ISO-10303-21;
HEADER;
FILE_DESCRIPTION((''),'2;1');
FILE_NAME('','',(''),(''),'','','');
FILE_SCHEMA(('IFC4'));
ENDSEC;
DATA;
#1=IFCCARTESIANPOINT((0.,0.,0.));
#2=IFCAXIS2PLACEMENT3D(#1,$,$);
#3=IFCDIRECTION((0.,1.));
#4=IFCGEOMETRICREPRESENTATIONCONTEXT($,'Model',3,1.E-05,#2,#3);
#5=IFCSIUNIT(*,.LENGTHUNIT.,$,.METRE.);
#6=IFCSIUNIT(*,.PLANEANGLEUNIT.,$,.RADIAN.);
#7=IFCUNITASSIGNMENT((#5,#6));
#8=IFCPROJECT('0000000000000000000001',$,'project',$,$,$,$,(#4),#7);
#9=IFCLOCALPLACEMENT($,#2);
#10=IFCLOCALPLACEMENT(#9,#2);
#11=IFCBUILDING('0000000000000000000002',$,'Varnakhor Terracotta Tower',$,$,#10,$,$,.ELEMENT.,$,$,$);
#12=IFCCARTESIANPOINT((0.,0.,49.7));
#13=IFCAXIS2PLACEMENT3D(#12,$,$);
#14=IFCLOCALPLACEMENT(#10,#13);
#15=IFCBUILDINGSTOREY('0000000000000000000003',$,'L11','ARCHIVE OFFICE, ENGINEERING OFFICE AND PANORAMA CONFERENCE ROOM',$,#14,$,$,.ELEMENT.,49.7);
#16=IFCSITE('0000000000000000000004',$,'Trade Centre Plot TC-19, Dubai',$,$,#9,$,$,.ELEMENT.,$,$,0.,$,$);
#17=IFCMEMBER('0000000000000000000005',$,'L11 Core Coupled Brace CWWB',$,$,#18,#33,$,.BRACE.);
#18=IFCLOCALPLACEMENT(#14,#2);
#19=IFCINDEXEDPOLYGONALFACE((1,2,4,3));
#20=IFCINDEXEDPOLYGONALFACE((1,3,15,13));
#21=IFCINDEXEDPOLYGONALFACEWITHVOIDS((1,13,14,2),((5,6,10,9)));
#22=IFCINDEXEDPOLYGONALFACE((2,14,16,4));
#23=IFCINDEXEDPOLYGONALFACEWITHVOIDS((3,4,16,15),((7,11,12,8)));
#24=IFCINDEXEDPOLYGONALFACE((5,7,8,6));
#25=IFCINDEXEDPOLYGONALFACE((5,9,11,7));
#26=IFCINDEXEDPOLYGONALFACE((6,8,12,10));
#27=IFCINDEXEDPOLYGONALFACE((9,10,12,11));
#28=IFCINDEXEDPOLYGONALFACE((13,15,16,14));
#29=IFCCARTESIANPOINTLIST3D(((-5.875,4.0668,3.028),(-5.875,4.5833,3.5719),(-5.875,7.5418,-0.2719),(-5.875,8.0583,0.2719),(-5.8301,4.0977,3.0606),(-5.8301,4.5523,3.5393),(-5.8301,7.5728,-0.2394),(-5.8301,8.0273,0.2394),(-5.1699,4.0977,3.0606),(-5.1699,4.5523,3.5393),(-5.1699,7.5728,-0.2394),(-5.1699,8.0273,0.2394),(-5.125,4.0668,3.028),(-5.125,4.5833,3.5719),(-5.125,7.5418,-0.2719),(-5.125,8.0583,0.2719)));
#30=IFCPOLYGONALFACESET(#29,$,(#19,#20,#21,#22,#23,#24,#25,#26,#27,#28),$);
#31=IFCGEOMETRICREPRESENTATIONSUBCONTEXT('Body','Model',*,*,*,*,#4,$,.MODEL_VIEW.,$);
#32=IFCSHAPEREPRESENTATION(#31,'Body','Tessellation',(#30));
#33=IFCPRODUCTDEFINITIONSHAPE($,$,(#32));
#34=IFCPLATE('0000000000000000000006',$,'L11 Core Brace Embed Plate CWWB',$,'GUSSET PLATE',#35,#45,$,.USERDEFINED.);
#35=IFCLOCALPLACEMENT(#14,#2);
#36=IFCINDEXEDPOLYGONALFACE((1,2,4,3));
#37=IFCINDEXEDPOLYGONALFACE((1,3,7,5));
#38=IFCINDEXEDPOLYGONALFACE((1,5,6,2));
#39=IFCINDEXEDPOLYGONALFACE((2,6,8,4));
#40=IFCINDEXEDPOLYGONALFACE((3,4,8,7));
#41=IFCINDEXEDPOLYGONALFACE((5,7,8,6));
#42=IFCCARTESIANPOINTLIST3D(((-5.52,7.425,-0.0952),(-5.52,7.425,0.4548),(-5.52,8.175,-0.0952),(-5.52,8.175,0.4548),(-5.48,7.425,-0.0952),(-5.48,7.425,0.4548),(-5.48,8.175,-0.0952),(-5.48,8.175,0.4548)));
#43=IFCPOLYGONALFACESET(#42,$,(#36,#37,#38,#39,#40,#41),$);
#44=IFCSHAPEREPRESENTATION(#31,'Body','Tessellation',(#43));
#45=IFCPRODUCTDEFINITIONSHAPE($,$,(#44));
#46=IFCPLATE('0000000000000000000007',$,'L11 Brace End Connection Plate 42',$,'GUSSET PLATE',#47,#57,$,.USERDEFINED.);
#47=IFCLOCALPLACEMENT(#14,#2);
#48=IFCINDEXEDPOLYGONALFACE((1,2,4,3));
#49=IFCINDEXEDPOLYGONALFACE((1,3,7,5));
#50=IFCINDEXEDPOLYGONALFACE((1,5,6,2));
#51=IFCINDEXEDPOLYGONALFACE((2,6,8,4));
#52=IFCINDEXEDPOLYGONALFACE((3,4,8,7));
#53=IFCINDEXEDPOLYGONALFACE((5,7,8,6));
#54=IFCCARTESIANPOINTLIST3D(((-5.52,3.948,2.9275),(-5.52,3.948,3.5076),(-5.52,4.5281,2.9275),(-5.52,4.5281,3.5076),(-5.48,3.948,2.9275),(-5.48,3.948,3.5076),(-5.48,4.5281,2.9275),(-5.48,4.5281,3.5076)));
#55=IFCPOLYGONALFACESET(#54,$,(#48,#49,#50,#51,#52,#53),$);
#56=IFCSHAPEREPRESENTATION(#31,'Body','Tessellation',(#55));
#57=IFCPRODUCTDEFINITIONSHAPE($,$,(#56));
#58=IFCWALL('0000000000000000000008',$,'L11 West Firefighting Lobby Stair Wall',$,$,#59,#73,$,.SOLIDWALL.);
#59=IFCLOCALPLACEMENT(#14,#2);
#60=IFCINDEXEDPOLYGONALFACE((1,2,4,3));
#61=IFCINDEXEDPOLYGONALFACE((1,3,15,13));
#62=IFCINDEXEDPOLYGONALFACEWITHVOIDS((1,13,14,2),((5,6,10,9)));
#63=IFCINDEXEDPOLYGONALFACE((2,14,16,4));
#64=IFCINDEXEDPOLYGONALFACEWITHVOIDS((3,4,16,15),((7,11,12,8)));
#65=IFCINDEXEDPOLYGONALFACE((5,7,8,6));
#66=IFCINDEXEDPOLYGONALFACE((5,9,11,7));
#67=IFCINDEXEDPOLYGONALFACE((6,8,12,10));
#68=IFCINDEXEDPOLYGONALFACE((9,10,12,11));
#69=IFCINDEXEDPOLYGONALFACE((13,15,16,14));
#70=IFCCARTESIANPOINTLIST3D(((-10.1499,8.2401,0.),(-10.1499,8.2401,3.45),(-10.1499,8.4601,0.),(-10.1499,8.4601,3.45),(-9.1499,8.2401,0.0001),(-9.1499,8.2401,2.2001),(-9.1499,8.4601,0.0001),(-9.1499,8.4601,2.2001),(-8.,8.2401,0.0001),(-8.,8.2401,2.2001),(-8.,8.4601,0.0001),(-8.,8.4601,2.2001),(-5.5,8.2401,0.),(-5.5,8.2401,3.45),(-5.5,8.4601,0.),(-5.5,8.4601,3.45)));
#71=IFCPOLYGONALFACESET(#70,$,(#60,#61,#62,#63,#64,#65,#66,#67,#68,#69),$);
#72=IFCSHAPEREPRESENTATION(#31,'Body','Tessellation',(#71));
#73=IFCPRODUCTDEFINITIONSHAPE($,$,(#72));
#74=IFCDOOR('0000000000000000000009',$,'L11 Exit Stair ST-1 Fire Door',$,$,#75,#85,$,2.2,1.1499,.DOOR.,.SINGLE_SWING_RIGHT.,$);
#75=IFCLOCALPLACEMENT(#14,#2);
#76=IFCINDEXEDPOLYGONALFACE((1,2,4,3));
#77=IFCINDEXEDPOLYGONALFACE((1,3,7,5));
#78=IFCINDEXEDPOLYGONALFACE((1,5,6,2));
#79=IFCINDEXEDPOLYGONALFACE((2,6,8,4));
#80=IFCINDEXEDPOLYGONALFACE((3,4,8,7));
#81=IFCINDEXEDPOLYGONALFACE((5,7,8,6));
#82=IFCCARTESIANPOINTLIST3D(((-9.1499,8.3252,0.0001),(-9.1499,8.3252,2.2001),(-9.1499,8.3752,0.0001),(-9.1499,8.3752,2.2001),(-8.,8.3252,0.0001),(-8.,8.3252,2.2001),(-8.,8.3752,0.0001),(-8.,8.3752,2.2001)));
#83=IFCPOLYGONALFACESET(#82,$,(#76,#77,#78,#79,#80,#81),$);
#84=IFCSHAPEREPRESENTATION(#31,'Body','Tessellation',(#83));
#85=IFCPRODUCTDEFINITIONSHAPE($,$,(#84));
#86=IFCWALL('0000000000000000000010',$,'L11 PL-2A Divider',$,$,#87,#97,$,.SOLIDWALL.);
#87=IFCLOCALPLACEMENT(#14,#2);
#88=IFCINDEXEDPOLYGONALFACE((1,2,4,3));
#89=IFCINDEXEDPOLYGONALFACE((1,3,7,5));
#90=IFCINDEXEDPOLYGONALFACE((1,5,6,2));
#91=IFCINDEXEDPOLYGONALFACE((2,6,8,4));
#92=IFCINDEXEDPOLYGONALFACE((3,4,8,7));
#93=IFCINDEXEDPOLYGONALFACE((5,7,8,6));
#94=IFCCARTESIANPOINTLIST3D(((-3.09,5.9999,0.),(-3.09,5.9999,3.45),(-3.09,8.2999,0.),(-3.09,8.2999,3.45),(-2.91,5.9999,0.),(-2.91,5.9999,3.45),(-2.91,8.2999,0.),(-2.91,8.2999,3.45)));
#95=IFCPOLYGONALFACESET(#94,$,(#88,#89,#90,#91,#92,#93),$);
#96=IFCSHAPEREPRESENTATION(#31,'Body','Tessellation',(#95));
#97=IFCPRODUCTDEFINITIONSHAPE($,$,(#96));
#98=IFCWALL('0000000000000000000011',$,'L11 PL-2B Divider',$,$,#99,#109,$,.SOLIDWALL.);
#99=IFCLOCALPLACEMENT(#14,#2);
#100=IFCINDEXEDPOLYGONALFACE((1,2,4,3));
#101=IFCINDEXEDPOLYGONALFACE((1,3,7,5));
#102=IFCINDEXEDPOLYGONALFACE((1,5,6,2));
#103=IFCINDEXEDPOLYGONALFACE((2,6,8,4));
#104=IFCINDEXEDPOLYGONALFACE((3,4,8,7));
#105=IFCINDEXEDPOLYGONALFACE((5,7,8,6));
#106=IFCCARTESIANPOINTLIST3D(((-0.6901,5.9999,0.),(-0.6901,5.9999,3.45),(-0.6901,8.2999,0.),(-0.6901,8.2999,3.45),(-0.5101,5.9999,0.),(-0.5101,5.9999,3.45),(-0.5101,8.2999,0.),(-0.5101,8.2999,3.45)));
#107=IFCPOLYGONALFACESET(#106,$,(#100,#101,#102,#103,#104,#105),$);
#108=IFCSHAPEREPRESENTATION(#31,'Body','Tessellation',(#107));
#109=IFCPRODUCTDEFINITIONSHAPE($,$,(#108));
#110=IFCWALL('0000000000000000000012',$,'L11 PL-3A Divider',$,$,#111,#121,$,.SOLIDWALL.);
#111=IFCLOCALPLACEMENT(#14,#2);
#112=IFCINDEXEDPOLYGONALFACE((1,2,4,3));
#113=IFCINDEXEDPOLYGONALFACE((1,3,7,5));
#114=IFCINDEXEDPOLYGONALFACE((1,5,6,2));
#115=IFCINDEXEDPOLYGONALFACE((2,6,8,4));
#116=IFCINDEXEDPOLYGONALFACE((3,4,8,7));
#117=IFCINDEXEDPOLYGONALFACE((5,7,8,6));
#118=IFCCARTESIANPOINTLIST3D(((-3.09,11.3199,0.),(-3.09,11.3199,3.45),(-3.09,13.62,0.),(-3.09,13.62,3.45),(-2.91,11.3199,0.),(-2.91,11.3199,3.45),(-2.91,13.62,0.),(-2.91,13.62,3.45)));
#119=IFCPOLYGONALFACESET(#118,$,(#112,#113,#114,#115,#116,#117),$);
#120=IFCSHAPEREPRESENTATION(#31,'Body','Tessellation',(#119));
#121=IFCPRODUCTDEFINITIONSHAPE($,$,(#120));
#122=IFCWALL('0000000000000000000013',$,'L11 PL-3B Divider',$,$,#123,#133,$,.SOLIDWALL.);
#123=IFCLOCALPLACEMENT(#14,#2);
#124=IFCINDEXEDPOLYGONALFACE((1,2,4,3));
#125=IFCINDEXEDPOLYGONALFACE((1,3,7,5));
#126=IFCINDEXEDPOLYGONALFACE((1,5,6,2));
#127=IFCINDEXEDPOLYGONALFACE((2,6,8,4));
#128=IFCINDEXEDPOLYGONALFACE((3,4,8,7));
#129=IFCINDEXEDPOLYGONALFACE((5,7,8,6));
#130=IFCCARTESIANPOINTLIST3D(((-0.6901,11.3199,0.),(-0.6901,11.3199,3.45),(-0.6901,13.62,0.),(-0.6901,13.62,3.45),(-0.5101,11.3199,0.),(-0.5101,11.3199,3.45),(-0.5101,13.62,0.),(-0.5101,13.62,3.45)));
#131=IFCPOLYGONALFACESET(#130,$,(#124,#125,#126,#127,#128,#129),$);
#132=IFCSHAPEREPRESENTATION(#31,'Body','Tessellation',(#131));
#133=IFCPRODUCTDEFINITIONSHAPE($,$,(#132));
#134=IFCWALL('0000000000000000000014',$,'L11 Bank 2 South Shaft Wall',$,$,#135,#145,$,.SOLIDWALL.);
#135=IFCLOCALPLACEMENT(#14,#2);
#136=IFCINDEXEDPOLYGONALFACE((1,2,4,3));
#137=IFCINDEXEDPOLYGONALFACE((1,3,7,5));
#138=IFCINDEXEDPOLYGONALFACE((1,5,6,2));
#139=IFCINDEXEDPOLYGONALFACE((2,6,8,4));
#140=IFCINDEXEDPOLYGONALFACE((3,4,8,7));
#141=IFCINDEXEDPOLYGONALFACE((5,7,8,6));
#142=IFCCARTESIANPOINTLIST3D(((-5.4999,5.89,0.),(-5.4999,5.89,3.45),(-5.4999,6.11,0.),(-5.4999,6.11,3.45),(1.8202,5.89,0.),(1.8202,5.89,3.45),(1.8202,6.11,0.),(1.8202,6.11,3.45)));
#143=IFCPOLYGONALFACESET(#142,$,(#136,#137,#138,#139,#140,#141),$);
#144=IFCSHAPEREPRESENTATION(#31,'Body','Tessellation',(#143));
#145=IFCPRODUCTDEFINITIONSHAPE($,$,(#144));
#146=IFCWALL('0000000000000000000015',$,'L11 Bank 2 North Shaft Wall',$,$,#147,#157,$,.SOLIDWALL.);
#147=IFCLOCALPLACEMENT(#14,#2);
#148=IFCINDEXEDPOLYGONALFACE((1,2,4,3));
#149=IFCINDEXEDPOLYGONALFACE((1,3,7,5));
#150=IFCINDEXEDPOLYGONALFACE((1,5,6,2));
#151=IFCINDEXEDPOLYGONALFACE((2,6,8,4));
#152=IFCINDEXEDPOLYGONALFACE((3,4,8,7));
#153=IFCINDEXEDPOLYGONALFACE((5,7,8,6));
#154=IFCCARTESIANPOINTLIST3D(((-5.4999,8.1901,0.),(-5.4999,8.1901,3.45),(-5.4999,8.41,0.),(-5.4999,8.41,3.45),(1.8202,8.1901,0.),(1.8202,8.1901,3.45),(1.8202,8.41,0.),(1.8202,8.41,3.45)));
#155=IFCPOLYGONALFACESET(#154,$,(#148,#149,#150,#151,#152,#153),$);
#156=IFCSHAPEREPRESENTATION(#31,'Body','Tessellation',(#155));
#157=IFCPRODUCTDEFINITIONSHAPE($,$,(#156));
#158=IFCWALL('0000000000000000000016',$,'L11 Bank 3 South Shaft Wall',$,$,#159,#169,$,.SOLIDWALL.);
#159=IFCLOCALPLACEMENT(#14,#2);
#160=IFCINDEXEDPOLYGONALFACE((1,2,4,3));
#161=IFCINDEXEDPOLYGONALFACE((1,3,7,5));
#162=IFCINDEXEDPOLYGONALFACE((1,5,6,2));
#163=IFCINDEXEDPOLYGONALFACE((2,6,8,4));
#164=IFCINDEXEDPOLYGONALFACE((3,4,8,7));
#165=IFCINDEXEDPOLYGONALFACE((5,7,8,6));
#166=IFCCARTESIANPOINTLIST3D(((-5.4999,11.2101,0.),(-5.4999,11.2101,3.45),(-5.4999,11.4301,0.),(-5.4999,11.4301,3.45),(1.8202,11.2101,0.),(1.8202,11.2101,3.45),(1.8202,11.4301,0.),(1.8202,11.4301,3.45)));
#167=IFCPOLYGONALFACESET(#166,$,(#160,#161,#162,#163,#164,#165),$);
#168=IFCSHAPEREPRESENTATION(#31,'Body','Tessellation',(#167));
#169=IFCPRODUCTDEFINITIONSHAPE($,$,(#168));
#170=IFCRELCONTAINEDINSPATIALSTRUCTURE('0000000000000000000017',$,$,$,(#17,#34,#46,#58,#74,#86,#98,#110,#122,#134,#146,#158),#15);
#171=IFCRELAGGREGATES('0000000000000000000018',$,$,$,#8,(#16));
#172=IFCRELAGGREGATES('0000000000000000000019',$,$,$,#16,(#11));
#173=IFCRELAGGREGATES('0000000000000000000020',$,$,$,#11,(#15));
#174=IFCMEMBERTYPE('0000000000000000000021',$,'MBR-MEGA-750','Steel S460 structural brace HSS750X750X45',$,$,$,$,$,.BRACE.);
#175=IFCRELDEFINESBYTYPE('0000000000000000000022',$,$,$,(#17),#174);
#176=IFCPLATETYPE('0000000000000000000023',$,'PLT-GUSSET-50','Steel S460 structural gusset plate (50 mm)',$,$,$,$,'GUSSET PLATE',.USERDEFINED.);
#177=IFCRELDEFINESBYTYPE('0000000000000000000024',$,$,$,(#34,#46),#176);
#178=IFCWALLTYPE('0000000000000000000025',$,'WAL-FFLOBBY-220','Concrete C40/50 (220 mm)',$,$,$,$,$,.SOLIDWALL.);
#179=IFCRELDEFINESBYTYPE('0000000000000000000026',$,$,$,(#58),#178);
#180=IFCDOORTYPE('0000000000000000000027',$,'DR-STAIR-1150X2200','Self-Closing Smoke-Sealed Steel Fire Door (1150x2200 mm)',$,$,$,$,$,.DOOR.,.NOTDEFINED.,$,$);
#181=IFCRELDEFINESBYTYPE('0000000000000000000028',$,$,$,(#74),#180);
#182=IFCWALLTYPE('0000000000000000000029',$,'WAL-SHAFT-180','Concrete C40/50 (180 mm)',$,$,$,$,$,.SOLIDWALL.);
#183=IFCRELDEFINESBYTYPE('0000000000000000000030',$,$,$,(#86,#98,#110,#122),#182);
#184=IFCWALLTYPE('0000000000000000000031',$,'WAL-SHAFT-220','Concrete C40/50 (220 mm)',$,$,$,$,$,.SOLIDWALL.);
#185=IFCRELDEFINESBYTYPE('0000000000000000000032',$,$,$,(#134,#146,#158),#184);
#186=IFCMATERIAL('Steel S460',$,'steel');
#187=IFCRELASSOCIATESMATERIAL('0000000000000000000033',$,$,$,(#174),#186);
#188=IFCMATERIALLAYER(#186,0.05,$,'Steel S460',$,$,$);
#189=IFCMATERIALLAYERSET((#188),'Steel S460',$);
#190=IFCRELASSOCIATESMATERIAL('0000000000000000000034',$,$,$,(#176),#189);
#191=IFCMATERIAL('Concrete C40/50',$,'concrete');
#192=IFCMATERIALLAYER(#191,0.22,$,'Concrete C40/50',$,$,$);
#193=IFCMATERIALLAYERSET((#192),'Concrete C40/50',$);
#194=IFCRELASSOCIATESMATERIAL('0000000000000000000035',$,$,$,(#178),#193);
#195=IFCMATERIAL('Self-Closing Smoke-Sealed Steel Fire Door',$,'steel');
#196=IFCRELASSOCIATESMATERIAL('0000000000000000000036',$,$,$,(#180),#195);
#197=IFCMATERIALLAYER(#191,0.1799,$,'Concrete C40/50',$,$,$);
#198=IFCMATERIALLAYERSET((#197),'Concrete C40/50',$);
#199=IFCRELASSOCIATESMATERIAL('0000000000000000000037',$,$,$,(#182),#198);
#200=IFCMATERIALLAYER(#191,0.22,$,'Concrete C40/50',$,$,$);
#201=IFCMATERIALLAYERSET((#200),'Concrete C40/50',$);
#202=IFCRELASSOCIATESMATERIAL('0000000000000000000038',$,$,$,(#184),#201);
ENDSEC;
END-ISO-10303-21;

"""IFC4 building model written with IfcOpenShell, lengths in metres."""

from ifc_helpers import new_model, si_unit, direction, frame, frame_2d, origin, origin_2d, place, context, subcontext, project, spatial, rectangle, hollow_rectangle, extrude, source, transform, mapped, material, layer, layer_set, material_profile, profile_set, type_object, type_shapes, element, fill, save


model = new_model("IFC4")

# Units and contexts
model_context = context("Model", 3, precision=1e-05, world=origin(), true_north=direction((0.0, 1.0)))
body_context = subcontext(model_context, "Body", "Model", "MODEL_VIEW")
ifc_project = project(units=[si_unit("LENGTHUNIT", "METRE"), si_unit("PLANEANGLEUNIT", "RADIAN")], contexts=[model_context])

# Site, building, storey
site_placement = place(None, origin())
site = spatial("IfcSite", under=ifc_project, at=site_placement, Name="Trade Centre Plot TC-19, Dubai", CompositionType="ELEMENT", RefElevation=0.0)
building_placement = place(site_placement, origin())
building = spatial("IfcBuilding", under=site, at=building_placement, Name="Varnakhor Terracotta Tower", CompositionType="ELEMENT")
storey_placement = place(building_placement, frame((0.0, 0.0, 49.7)))
storey = spatial("IfcBuildingStorey", under=building, at=storey_placement, Name="L11", Description="ARCHIVE OFFICE, ENGINEERING OFFICE AND PANORAMA CONFERENCE ROOM", CompositionType="ELEMENT", Elevation=49.7)

# Member
ifc_material_1 = material(Name="Steel S460", Category="steel")
ifc_material_profile = material_profile(ifc_material_1, hollow_rectangle(XDim=0.75, YDim=0.75, WallThickness=0.0449, at=origin_2d()), Name="HSS750X750X45")
ifc_profile_set = profile_set([ifc_material_profile], Name="Steel S460")
member_type = type_object("IfcMemberType", Name="MBR-MEGA-750", Description="Steel S460 structural brace HSS750X750X45", PredefinedType="BRACE", material=ifc_profile_set)
shared_shape_1 = source(origin(), body_context, "Body", "SweptSolid", [
    extrude(hollow_rectangle(XDim=0.75, YDim=0.75, WallThickness=0.0449, at=origin_2d()), origin(), (0.0, 0.0, 1.0), 4.7922),
])
member_placement = place(storey_placement, frame((-5.5, 7.8, 0.0), z_axis=(0.0, -0.725134, 0.688608), x_axis=(1.0, 0.0, 0.0)))
element("IfcMember", 1, at=member_placement, inside=storey, type_object=member_type, Name="L11 Core Coupled Brace CWWB", PredefinedType="BRACE", context=body_context, shape_type="MappedRepresentation", body=[
    mapped(shared_shape_1, transform((0.0, 0.0, 0.0), scale=1.0)),
])

# Plates
ifc_layer_1 = layer(ifc_material_1, 0.05, Name="Steel S460")
ifc_layer_set_1 = layer_set([ifc_layer_1], Name="Steel S460")
plate_type = type_object("IfcPlateType", Name="PLT-GUSSET-50", Description="Steel S460 structural gusset plate (50 mm)", ElementType="GUSSET PLATE", PredefinedType="USERDEFINED", material=ifc_layer_set_1)
shared_shape_2 = source(origin(), body_context, "Body", "SweptSolid", [
    extrude(rectangle(XDim=0.75, YDim=0.04, at=origin_2d()), origin(), (0.0, 0.0, 1.0), 0.55),
])
type_shapes(plate_type, [shared_shape_2])
plate_1_placement = place(storey_placement, frame((-5.5, 7.8, -0.0952), z_axis=(0.0, 0.0, 1.0), x_axis=(0.0, 1.0, 0.0)))
element("IfcPlate", 2, at=plate_1_placement, inside=storey, type_object=plate_type, Name="L11 Core Brace Embed Plate CWWB", ObjectType="GUSSET PLATE", PredefinedType="USERDEFINED", context=body_context, shape_type="MappedRepresentation", body=[
    mapped(shared_shape_2, transform((0.0, 0.0, 0.0), scale=1.0)),
])
shared_shape_3 = source(origin(), body_context, "Body", "SweptSolid", [
    extrude(rectangle(XDim=0.5801, YDim=0.04, at=origin_2d()), origin(), (0.0, 0.0, 1.0), 0.5801),
])
plate_2_placement = place(storey_placement, frame((-5.5, 4.238, 2.9275), z_axis=(0.0, 0.0, 1.0), x_axis=(0.0, 1.0, 0.0)))
element("IfcPlate", 3, at=plate_2_placement, inside=storey, type_object=plate_type, Name="L11 Brace End Connection Plate 42", ObjectType="GUSSET PLATE", PredefinedType="USERDEFINED", context=body_context, shape_type="MappedRepresentation", body=[
    mapped(shared_shape_3, transform((0.0, 0.0, 0.0), scale=1.0)),
])

# Wall, opening, door
ifc_material_2 = material(Name="Concrete C40/50", Category="concrete")
ifc_layer_2 = layer(ifc_material_2, 0.22, Name="Concrete C40/50")
ifc_layer_set_2 = layer_set([ifc_layer_2], Name="Concrete C40/50")
wall_type_1 = type_object("IfcWallType", Name="WAL-FFLOBBY-220", Description="Concrete C40/50 (220 mm)", PredefinedType="SOLIDWALL", material=ifc_layer_set_2)
wall_placement = place(storey_placement, frame((-5.5, 8.3501, 0.0), z_axis=(0.0, 0.0, 1.0), x_axis=(-1.0, 0.0, 0.0)))
wall = element("IfcWall", 4, at=wall_placement, inside=storey, type_object=wall_type_1, Name="L11 West Firefighting Lobby Stair Wall", PredefinedType="SOLIDWALL", context=body_context, shape_type="SweptSolid", body=[
    extrude(rectangle(XDim=4.6499, YDim=0.22, at=frame_2d((2.325, 0.0))), origin(), (0.0, 0.0, 1.0), 3.45),
])
opening_placement = place(wall_placement, frame((2.5, 0.0, 0.0)))
opening = element("IfcOpeningElement", 5, at=opening_placement, cuts=wall, PredefinedType="OPENING", context=body_context, shape_type="SweptSolid", body=[
    extrude(rectangle(XDim=1.1499, YDim=2.2, at=frame_2d((0.575, 1.1001))), frame((0.0, 0.1201, 0.0), z_axis=(0.0, -1.0, 0.0), x_axis=(1.0, 0.0, 0.0)), (0.0, 0.0, 1.0), 0.24),
])
ifc_material_3 = material(Name="Self-Closing Smoke-Sealed Steel Fire Door", Category="steel")
door_type = type_object("IfcDoorType", Name="DR-STAIR-1150X2200", Description="Self-Closing Smoke-Sealed Steel Fire Door (1150x2200 mm)", OperationType="NOTDEFINED", PredefinedType="DOOR", material=ifc_material_3)
shared_shape_4 = source(origin(), body_context, "Body", "SweptSolid", [
    extrude(rectangle(XDim=1.1499, YDim=2.2, at=frame_2d((0.575, 1.1001))), frame((0.0, 0.0249, 0.0), z_axis=(0.0, -1.0, 0.0), x_axis=(1.0, 0.0, 0.0)), (0.0, 0.0, 1.0), 0.05),
])
type_shapes(door_type, [shared_shape_4])
door_placement = place(opening_placement, origin())
door = element("IfcDoor", 6, at=door_placement, inside=storey, type_object=door_type, Name="L11 Exit Stair ST-1 Fire Door", OperationType="SINGLE_SWING_RIGHT", OverallHeight=2.2, OverallWidth=1.1499, PredefinedType="DOOR", context=body_context, shape_type="MappedRepresentation", body=[
    mapped(shared_shape_4, transform((0.0, 0.0, 0.0), scale=1.0)),
])
fill(opening, door)

# Walls
ifc_layer_3 = layer(ifc_material_2, 0.1799, Name="Concrete C40/50")
ifc_layer_set_3 = layer_set([ifc_layer_3], Name="Concrete C40/50")
wall_type_2 = type_object("IfcWallType", Name="WAL-SHAFT-180", Description="Concrete C40/50 (180 mm)", PredefinedType="SOLIDWALL", material=ifc_layer_set_3)
for number, where, z_axis, x_axis, name in (
    (7, (-3.0, 6.0, 0.0), (0.0, 0.0, 1.0), (0.0, 1.0, 0.0), "L11 PL-2A Divider"),
    (8, (-0.6001, 6.0, 0.0), (0.0, 0.0, 1.0), (0.0, 1.0, 0.0), "L11 PL-2B Divider"),
    (9, (-3.0, 11.3201, 0.0), (0.0, 0.0, 1.0), (0.0, 1.0, 0.0), "L11 PL-3A Divider"),
    (10, (-0.6001, 11.3201, 0.0), (0.0, 0.0, 1.0), (0.0, 1.0, 0.0), "L11 PL-3B Divider"),
):
    element("IfcWall", number, at=place(storey_placement, frame(where, z_axis=z_axis, x_axis=x_axis)), inside=storey, type_object=wall_type_2, Name=name, PredefinedType="SOLIDWALL", context=body_context, shape_type="SweptSolid", body=[
        extrude(rectangle(XDim=2.3, YDim=0.1799, at=frame_2d((1.1499, 0.0))), origin(), (0.0, 0.0, 1.0), 3.45),
    ])
ifc_layer_4 = layer(ifc_material_2, 0.22, Name="Concrete C40/50")
ifc_layer_set_4 = layer_set([ifc_layer_4], Name="Concrete C40/50")
wall_type_3 = type_object("IfcWallType", Name="WAL-SHAFT-220", Description="Concrete C40/50 (220 mm)", PredefinedType="SOLIDWALL", material=ifc_layer_set_4)
for number, where, z_axis, x_axis, name in (
    (11, (-5.5, 6.0, 0.0), (0.0, 0.0, 1.0), (1.0, 0.0, 0.0), "L11 Bank 2 South Shaft Wall"),
    (12, (-5.5, 8.3, 0.0), (0.0, 0.0, 1.0), (1.0, 0.0, 0.0), "L11 Bank 2 North Shaft Wall"),
    (13, (-5.5, 11.3201, 0.0), (0.0, 0.0, 1.0), (1.0, 0.0, 0.0), "L11 Bank 3 South Shaft Wall"),
):
    element("IfcWall", number, at=place(storey_placement, frame(where, z_axis=z_axis, x_axis=x_axis)), inside=storey, type_object=wall_type_3, Name=name, PredefinedType="SOLIDWALL", context=body_context, shape_type="SweptSolid", body=[
        extrude(rectangle(XDim=7.3201, YDim=0.22, at=frame_2d((3.6602, 0.0))), origin(), (0.0, 0.0, 1.0), 3.45),
    ])

save(model, "model.ifc")
